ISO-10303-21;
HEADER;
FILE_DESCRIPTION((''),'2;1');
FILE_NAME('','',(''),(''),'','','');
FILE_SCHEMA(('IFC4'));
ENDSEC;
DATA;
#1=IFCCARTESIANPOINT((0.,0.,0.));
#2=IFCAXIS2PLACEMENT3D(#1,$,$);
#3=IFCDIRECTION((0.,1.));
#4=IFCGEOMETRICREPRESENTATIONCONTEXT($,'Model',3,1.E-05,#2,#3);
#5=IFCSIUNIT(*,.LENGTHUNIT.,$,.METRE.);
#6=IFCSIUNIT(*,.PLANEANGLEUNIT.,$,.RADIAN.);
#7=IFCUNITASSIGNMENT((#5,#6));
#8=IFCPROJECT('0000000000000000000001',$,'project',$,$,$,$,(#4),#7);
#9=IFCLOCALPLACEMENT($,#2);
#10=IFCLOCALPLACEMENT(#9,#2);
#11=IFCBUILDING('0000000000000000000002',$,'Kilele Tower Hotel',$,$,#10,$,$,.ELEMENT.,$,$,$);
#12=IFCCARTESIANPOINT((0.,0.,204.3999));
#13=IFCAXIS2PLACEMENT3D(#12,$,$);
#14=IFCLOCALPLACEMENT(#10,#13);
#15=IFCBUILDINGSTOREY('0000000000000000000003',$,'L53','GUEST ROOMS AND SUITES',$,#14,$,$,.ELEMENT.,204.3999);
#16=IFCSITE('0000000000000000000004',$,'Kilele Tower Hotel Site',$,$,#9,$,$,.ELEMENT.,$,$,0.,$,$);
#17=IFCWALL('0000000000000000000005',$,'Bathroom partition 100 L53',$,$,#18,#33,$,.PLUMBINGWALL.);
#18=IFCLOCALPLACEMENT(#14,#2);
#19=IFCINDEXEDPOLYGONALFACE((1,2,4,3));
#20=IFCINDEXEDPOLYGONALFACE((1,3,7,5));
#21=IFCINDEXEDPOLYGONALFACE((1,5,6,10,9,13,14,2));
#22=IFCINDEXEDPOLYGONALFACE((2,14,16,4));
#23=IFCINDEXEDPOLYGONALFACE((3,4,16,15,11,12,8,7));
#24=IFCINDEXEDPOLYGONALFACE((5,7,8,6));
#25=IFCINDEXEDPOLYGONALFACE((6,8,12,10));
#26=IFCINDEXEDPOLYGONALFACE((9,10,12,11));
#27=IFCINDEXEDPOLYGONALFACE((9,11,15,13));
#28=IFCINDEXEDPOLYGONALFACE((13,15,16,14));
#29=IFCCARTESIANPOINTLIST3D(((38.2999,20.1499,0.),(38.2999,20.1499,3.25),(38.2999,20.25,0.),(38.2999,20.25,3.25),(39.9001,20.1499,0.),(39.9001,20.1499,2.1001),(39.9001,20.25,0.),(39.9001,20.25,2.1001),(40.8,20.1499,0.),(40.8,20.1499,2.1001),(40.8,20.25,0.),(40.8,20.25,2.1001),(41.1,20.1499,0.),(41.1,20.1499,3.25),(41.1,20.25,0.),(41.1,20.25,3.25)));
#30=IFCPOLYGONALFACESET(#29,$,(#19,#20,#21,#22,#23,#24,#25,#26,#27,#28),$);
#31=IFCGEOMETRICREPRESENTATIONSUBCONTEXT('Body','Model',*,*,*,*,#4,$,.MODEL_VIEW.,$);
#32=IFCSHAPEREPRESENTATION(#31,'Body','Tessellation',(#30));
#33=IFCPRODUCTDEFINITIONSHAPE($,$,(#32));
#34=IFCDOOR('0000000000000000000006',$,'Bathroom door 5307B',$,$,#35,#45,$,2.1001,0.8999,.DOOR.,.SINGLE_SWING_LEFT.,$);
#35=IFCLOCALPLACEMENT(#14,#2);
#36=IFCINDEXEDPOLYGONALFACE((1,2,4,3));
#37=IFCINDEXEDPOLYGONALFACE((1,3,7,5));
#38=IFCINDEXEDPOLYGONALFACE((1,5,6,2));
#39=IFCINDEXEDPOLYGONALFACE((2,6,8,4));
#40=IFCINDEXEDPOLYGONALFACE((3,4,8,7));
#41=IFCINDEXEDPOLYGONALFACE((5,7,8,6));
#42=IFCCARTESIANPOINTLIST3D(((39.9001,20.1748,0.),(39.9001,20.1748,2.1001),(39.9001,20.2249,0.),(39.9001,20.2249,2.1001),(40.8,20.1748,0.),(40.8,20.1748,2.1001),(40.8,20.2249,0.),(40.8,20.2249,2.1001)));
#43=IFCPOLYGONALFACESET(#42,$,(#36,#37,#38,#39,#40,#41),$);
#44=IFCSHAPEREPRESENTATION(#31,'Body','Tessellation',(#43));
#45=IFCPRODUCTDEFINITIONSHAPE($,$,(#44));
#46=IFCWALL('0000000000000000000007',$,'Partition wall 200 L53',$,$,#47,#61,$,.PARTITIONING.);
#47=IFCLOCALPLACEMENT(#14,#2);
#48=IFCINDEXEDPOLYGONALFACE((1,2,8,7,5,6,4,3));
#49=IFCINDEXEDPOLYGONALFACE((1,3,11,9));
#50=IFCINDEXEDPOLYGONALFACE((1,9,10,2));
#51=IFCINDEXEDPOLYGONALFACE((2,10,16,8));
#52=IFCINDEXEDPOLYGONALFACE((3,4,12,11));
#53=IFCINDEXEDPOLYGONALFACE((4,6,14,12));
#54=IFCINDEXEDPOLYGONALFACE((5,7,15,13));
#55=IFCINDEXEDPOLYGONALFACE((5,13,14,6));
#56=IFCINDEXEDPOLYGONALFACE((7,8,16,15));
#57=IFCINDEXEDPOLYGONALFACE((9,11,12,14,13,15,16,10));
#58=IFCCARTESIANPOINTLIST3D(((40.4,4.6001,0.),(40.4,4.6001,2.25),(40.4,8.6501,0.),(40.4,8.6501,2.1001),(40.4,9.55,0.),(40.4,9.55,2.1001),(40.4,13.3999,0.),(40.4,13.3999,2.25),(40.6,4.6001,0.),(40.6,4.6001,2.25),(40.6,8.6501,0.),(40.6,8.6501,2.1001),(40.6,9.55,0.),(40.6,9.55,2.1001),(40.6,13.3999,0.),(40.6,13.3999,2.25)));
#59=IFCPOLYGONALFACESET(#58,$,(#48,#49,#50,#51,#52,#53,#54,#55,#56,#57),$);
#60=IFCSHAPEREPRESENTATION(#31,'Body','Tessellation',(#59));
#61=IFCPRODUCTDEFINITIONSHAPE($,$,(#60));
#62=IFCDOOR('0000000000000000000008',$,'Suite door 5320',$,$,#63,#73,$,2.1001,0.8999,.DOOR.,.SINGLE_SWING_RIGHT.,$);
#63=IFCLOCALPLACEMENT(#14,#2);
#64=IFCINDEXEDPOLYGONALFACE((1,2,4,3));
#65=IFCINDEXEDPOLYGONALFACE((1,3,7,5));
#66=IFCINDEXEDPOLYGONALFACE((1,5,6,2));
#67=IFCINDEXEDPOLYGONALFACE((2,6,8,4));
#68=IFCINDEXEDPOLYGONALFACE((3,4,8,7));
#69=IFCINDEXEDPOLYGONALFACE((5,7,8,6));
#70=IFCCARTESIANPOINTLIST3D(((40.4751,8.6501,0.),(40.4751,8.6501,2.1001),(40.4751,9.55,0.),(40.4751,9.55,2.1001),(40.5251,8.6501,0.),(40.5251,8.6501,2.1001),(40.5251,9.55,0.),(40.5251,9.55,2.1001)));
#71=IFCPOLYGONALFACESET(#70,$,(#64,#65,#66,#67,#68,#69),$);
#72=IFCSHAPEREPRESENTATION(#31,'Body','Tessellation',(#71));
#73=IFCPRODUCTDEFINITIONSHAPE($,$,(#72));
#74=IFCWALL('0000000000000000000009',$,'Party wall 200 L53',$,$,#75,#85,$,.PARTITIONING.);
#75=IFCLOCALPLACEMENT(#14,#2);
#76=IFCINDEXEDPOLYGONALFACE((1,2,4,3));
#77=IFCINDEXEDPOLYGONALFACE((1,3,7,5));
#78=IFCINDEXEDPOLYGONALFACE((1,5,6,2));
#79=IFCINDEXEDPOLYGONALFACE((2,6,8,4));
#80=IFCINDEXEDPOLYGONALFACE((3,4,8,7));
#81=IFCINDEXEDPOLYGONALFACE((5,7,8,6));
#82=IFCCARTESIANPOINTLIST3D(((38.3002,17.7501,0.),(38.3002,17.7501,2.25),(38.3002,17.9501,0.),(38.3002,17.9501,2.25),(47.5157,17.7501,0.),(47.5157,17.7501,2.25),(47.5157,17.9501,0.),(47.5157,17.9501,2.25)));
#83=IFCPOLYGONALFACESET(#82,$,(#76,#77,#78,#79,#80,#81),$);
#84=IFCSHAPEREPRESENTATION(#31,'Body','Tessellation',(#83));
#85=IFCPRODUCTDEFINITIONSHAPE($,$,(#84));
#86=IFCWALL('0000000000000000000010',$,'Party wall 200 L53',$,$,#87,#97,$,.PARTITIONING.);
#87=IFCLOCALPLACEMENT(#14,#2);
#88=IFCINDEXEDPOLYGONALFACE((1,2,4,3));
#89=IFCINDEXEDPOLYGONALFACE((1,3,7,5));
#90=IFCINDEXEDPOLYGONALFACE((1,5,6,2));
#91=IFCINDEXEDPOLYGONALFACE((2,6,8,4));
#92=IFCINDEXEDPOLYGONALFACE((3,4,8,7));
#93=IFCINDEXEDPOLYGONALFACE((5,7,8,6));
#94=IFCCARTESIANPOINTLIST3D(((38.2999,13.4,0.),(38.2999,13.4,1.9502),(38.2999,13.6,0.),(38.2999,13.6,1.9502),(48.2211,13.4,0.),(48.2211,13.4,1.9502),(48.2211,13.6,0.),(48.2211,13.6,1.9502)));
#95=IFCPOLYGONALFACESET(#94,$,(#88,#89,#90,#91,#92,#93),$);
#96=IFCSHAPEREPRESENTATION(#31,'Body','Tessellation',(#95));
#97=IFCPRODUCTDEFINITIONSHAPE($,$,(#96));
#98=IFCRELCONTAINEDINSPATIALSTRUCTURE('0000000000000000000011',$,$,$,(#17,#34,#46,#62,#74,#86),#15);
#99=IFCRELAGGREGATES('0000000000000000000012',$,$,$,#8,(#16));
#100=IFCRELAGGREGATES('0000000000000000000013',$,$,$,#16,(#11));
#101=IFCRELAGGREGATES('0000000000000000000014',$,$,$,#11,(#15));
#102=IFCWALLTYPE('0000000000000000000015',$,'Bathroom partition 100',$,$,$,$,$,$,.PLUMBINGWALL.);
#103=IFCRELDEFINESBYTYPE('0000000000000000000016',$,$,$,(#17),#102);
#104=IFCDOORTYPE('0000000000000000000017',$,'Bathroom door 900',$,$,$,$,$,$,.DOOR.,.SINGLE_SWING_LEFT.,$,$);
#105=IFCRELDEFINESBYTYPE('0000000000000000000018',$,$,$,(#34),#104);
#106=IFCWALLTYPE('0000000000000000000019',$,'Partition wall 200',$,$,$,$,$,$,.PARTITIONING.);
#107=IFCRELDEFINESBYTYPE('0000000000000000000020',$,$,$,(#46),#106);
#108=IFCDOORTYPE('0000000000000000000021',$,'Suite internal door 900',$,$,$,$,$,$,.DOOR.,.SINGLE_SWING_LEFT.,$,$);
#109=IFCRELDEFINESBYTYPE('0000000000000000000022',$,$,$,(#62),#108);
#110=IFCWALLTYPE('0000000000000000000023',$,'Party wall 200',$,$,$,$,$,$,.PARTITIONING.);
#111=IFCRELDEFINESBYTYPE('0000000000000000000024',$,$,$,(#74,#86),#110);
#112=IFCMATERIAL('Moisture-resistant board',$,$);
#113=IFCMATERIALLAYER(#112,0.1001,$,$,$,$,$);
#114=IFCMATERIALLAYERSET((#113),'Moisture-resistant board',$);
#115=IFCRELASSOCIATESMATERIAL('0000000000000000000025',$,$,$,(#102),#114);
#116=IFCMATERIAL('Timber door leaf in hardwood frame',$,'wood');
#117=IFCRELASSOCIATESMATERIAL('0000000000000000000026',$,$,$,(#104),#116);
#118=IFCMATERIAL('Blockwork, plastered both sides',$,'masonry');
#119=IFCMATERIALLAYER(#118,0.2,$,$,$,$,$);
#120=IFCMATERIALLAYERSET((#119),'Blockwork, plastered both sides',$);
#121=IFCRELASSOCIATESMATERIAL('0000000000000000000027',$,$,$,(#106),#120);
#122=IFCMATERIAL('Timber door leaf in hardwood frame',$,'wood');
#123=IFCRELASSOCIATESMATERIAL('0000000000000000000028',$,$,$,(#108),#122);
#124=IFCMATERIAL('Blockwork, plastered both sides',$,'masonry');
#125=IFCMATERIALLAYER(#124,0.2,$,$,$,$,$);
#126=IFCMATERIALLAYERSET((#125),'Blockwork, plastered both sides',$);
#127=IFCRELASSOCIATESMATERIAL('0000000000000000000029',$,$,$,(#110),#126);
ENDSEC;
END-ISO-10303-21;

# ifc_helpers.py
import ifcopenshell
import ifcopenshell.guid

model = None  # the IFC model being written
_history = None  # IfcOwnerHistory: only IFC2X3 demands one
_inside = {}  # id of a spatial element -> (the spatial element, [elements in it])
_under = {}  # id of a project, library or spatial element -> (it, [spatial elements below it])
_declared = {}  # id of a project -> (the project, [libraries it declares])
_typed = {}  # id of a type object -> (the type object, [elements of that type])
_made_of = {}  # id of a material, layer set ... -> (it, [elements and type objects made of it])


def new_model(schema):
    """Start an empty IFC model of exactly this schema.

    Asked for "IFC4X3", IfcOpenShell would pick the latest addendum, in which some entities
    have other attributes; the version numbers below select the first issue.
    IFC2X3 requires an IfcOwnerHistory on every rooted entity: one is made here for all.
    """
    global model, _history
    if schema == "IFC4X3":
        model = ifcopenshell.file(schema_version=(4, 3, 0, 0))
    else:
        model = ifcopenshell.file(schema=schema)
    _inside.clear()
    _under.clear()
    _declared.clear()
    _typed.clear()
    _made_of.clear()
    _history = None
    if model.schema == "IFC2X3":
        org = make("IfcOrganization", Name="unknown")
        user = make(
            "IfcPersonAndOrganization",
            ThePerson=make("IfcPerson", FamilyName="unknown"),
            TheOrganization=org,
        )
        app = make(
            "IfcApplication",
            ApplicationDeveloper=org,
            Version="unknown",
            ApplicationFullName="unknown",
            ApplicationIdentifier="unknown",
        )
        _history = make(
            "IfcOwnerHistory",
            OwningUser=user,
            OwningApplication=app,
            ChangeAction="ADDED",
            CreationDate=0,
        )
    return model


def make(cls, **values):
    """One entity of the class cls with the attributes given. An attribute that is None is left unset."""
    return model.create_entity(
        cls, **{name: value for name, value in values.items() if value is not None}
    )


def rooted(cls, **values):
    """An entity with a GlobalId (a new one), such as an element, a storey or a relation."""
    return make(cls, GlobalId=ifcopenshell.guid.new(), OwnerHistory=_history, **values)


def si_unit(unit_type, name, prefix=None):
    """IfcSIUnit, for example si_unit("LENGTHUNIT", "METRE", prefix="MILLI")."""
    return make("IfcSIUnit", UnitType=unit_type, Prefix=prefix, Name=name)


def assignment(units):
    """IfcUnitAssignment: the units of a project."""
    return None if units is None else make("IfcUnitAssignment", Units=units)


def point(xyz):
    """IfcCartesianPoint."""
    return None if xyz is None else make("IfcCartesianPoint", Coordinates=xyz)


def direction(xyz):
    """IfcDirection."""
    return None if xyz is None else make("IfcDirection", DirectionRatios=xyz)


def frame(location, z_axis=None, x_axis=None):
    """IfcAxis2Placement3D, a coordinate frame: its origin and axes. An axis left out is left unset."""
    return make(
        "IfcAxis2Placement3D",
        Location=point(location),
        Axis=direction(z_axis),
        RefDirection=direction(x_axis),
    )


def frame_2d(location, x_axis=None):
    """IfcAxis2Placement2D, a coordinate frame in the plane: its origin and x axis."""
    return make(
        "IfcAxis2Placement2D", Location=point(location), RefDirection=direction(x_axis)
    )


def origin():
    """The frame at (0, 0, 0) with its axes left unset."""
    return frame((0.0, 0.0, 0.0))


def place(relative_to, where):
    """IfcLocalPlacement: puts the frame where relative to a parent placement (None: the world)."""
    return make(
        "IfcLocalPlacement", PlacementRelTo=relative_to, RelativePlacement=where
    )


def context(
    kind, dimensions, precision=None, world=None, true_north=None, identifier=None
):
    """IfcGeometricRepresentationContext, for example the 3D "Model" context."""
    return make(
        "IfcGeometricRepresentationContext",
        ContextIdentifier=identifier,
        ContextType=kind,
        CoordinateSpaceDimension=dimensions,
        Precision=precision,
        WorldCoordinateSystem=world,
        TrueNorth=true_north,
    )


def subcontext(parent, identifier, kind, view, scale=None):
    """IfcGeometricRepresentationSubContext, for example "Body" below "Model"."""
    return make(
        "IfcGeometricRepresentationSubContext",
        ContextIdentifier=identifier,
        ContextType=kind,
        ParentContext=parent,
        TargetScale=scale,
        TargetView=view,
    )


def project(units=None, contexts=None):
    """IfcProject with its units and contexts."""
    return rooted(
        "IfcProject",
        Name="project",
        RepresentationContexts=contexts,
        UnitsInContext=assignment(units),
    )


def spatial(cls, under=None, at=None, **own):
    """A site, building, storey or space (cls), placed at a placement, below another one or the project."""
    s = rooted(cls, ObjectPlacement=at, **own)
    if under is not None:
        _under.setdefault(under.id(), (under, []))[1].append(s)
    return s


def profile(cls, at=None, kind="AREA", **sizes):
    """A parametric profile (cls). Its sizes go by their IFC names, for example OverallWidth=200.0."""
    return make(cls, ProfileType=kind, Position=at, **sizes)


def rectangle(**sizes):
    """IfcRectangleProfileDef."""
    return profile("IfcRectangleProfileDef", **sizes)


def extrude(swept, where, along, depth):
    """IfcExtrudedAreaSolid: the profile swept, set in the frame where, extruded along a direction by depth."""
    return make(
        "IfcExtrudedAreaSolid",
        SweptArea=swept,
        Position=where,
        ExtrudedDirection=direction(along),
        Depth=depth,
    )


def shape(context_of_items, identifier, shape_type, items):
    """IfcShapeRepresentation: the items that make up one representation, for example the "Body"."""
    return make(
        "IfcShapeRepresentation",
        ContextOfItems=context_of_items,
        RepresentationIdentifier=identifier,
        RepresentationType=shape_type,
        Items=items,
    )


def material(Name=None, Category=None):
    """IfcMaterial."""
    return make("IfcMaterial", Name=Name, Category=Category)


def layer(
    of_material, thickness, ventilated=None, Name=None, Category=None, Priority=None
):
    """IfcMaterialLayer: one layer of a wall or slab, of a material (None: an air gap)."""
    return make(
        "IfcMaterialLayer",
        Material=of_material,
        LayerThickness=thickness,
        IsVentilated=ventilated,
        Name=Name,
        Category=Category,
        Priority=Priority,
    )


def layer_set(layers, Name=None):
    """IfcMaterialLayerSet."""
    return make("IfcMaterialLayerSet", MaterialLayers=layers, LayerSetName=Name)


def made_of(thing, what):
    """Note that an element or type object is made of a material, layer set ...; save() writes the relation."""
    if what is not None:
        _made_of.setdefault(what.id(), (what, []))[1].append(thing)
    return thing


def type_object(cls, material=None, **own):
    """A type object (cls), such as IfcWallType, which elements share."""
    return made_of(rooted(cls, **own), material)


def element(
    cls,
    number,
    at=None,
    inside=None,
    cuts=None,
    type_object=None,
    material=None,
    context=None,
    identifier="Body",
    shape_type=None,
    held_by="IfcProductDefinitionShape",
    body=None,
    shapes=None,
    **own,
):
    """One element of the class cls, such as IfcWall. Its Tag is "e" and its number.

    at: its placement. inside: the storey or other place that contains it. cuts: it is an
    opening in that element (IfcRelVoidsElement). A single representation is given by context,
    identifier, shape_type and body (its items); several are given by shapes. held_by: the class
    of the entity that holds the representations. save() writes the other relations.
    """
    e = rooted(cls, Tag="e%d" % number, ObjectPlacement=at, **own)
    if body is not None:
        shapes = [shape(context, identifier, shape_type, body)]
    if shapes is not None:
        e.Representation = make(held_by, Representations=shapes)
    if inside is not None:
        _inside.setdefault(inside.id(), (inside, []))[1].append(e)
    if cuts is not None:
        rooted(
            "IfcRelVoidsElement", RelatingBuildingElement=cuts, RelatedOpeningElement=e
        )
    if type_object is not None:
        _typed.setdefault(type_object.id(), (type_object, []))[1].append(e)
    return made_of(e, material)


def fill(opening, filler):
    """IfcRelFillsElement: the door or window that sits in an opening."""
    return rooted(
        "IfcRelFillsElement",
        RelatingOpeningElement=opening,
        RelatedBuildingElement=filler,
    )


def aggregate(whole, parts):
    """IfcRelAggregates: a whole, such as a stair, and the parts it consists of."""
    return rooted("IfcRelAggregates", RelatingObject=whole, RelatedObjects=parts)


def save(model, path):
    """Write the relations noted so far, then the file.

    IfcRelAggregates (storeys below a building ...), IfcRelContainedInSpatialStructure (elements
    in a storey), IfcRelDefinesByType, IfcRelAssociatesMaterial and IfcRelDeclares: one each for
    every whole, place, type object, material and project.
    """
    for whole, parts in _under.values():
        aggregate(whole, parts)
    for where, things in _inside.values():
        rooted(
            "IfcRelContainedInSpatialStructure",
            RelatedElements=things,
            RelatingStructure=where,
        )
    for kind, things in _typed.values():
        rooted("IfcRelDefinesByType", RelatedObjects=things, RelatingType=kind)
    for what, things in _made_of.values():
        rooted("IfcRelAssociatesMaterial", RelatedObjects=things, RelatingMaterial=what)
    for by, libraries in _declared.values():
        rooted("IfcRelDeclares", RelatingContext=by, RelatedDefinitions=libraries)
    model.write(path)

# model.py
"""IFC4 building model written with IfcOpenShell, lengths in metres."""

from ifc_helpers import new_model, si_unit, direction, frame, frame_2d, origin, place, context, subcontext, project, spatial, rectangle, extrude, material, layer, layer_set, type_object, element, fill, save


model = new_model("IFC4")

# Units and contexts
model_context = context("Model", 3, precision=1e-05, world=origin(), true_north=direction((0.0, 1.0)))
body_context = subcontext(model_context, "Body", "Model", "MODEL_VIEW")
ifc_project = project(units=[si_unit("LENGTHUNIT", "METRE"), si_unit("PLANEANGLEUNIT", "RADIAN")], contexts=[model_context])

# Site, building, storey
site_placement = place(None, origin())
site = spatial("IfcSite", under=ifc_project, at=site_placement, Name="Kilele Tower Hotel Site", CompositionType="ELEMENT", RefElevation=0.0)
building_placement = place(site_placement, origin())
building = spatial("IfcBuilding", under=site, at=building_placement, Name="Kilele Tower Hotel", CompositionType="ELEMENT")
storey_placement = place(building_placement, frame((0.0, 0.0, 204.3999)))
storey = spatial("IfcBuildingStorey", under=building, at=storey_placement, Name="L53", Description="GUEST ROOMS AND SUITES", CompositionType="ELEMENT", Elevation=204.3999)

# Shared definitions
ifc_material_1 = material(Name="Moisture-resistant board")
ifc_layer_1 = layer(ifc_material_1, 0.1001)
ifc_layer_set_1 = layer_set([ifc_layer_1], Name="Moisture-resistant board")
wall_type_1 = type_object("IfcWallType", Name="Bathroom partition 100", PredefinedType="PLUMBINGWALL", material=ifc_layer_set_1)

# Shared definitions
ifc_material_2 = material(Name="Timber door leaf in hardwood frame", Category="wood")
door_type_1 = type_object("IfcDoorType", Name="Bathroom door 900", OperationType="SINGLE_SWING_LEFT", PredefinedType="DOOR", material=ifc_material_2)

# Walls, openings, doors
wall_1_placement = place(storey_placement, frame((38.3, 20.2, 0.0), z_axis=(0.0, 0.0, 1.0), x_axis=(1.0, 0.0, 0.0)))
wall_1 = element("IfcWall", 1, at=wall_1_placement, inside=storey, type_object=wall_type_1, Name="Bathroom partition 100 L53", PredefinedType="PLUMBINGWALL", context=body_context, shape_type="SweptSolid", body=[
    extrude(rectangle(XDim=2.8, YDim=0.1001, at=frame_2d((1.3999, 0.0))), origin(), (0.0, 0.0, 1.0), 3.25),
])
opening_1_placement = place(wall_1_placement, frame((1.6001, 0.0, 0.0)))
opening_1 = element("IfcOpeningElement", 2, at=opening_1_placement, cuts=wall_1, PredefinedType="OPENING", context=body_context, shape_type="SweptSolid", body=[
    extrude(rectangle(XDim=0.8999, YDim=2.1001, at=frame_2d((0.45, 1.05))), frame((0.0, 0.0601, 0.0), z_axis=(0.0, -1.0, 0.0), x_axis=(1.0, 0.0, 0.0)), (0.0, 0.0, 1.0), 0.1201),
])
door_1_placement = place(opening_1_placement, origin())
door_1 = element("IfcDoor", 3, at=door_1_placement, inside=storey, type_object=door_type_1, Name="Bathroom door 5307B", OperationType="SINGLE_SWING_LEFT", OverallHeight=2.1001, OverallWidth=0.8999, PredefinedType="DOOR", context=body_context, shape_type="SweptSolid", body=[
    extrude(rectangle(XDim=0.8999, YDim=2.1001, at=frame_2d((0.45, 1.05))), frame((0.0, 0.0249, 0.0), z_axis=(0.0, -1.0, 0.0), x_axis=(1.0, 0.0, 0.0)), (0.0, 0.0, 1.0), 0.05),
])
fill(opening_1, door_1)
ifc_material_3 = material(Name="Blockwork, plastered both sides", Category="masonry")
ifc_layer_2 = layer(ifc_material_3, 0.2)
ifc_layer_set_2 = layer_set([ifc_layer_2], Name="Blockwork, plastered both sides")
wall_type_2 = type_object("IfcWallType", Name="Partition wall 200", PredefinedType="PARTITIONING", material=ifc_layer_set_2)
wall_2_placement = place(storey_placement, frame((40.5, 4.6001, 0.0), z_axis=(0.0, 0.0, 1.0), x_axis=(0.0, 1.0, 0.0)))
wall_2 = element("IfcWall", 4, at=wall_2_placement, inside=storey, type_object=wall_type_2, Name="Partition wall 200 L53", PredefinedType="PARTITIONING", context=body_context, shape_type="SweptSolid", body=[
    extrude(rectangle(XDim=8.7998, YDim=0.2, at=frame_2d((4.3999, 0.0))), origin(), (0.0, 0.0, 1.0), 2.25),
])
opening_2_placement = place(wall_2_placement, frame((4.05, 0.0, 0.0)))
opening_2 = element("IfcOpeningElement", 5, at=opening_2_placement, cuts=wall_2, PredefinedType="OPENING", context=body_context, shape_type="SweptSolid", body=[
    extrude(rectangle(XDim=0.8999, YDim=2.1001, at=frame_2d((0.45, 1.05))), frame((0.0, 0.1099, 0.0), z_axis=(0.0, -1.0, 0.0), x_axis=(1.0, 0.0, 0.0)), (0.0, 0.0, 1.0), 0.22),
])
ifc_material_4 = material(Name="Timber door leaf in hardwood frame", Category="wood")
door_type_2 = type_object("IfcDoorType", Name="Suite internal door 900", OperationType="SINGLE_SWING_LEFT", PredefinedType="DOOR", material=ifc_material_4)
door_2_placement = place(opening_2_placement, origin())
door_2 = element("IfcDoor", 6, at=door_2_placement, inside=storey, type_object=door_type_2, Name="Suite door 5320", OperationType="SINGLE_SWING_RIGHT", OverallHeight=2.1001, OverallWidth=0.8999, PredefinedType="DOOR", context=body_context, shape_type="SweptSolid", body=[
    extrude(rectangle(XDim=0.8999, YDim=2.1001, at=frame_2d((0.45, 1.05))), frame((0.0, 0.0249, 0.0), z_axis=(0.0, -1.0, 0.0), x_axis=(1.0, 0.0, 0.0)), (0.0, 0.0, 1.0), 0.05),
])
fill(opening_2, door_2)

# Walls
ifc_material_5 = material(Name="Blockwork, plastered both sides", Category="masonry")
ifc_layer_3 = layer(ifc_material_5, 0.2)
ifc_layer_set_3 = layer_set([ifc_layer_3], Name="Blockwork, plastered both sides")
wall_type_3 = type_object("IfcWallType", Name="Party wall 200", PredefinedType="PARTITIONING", material=ifc_layer_set_3)
wall_3_placement = place(storey_placement, frame((38.3, 17.8501, 0.0), z_axis=(0.0, 0.0, 1.0), x_axis=(1.0, 0.0, 0.0)))
element("IfcWall", 7, at=wall_3_placement, inside=storey, type_object=wall_type_3, Name="Party wall 200 L53", PredefinedType="PARTITIONING", context=body_context, shape_type="SweptSolid", body=[
    extrude(rectangle(XDim=9.2156, YDim=0.2, at=frame_2d((4.6079, 0.0))), origin(), (0.0, 0.0, 1.0), 2.25),
])
wall_4_placement = place(storey_placement, frame((38.3, 13.5, 0.0), z_axis=(0.0, 0.0, 1.0), x_axis=(1.0, 0.0, 0.0)))
element("IfcWall", 8, at=wall_4_placement, inside=storey, type_object=wall_type_3, Name="Party wall 200 L53", PredefinedType="PARTITIONING", context=body_context, shape_type="SweptSolid", body=[
    extrude(rectangle(XDim=9.9211, YDim=0.2, at=frame_2d((4.9604, 0.0))), origin(), (0.0, 0.0, 1.0), 1.9502),
])

save(model, "model.ifc")
